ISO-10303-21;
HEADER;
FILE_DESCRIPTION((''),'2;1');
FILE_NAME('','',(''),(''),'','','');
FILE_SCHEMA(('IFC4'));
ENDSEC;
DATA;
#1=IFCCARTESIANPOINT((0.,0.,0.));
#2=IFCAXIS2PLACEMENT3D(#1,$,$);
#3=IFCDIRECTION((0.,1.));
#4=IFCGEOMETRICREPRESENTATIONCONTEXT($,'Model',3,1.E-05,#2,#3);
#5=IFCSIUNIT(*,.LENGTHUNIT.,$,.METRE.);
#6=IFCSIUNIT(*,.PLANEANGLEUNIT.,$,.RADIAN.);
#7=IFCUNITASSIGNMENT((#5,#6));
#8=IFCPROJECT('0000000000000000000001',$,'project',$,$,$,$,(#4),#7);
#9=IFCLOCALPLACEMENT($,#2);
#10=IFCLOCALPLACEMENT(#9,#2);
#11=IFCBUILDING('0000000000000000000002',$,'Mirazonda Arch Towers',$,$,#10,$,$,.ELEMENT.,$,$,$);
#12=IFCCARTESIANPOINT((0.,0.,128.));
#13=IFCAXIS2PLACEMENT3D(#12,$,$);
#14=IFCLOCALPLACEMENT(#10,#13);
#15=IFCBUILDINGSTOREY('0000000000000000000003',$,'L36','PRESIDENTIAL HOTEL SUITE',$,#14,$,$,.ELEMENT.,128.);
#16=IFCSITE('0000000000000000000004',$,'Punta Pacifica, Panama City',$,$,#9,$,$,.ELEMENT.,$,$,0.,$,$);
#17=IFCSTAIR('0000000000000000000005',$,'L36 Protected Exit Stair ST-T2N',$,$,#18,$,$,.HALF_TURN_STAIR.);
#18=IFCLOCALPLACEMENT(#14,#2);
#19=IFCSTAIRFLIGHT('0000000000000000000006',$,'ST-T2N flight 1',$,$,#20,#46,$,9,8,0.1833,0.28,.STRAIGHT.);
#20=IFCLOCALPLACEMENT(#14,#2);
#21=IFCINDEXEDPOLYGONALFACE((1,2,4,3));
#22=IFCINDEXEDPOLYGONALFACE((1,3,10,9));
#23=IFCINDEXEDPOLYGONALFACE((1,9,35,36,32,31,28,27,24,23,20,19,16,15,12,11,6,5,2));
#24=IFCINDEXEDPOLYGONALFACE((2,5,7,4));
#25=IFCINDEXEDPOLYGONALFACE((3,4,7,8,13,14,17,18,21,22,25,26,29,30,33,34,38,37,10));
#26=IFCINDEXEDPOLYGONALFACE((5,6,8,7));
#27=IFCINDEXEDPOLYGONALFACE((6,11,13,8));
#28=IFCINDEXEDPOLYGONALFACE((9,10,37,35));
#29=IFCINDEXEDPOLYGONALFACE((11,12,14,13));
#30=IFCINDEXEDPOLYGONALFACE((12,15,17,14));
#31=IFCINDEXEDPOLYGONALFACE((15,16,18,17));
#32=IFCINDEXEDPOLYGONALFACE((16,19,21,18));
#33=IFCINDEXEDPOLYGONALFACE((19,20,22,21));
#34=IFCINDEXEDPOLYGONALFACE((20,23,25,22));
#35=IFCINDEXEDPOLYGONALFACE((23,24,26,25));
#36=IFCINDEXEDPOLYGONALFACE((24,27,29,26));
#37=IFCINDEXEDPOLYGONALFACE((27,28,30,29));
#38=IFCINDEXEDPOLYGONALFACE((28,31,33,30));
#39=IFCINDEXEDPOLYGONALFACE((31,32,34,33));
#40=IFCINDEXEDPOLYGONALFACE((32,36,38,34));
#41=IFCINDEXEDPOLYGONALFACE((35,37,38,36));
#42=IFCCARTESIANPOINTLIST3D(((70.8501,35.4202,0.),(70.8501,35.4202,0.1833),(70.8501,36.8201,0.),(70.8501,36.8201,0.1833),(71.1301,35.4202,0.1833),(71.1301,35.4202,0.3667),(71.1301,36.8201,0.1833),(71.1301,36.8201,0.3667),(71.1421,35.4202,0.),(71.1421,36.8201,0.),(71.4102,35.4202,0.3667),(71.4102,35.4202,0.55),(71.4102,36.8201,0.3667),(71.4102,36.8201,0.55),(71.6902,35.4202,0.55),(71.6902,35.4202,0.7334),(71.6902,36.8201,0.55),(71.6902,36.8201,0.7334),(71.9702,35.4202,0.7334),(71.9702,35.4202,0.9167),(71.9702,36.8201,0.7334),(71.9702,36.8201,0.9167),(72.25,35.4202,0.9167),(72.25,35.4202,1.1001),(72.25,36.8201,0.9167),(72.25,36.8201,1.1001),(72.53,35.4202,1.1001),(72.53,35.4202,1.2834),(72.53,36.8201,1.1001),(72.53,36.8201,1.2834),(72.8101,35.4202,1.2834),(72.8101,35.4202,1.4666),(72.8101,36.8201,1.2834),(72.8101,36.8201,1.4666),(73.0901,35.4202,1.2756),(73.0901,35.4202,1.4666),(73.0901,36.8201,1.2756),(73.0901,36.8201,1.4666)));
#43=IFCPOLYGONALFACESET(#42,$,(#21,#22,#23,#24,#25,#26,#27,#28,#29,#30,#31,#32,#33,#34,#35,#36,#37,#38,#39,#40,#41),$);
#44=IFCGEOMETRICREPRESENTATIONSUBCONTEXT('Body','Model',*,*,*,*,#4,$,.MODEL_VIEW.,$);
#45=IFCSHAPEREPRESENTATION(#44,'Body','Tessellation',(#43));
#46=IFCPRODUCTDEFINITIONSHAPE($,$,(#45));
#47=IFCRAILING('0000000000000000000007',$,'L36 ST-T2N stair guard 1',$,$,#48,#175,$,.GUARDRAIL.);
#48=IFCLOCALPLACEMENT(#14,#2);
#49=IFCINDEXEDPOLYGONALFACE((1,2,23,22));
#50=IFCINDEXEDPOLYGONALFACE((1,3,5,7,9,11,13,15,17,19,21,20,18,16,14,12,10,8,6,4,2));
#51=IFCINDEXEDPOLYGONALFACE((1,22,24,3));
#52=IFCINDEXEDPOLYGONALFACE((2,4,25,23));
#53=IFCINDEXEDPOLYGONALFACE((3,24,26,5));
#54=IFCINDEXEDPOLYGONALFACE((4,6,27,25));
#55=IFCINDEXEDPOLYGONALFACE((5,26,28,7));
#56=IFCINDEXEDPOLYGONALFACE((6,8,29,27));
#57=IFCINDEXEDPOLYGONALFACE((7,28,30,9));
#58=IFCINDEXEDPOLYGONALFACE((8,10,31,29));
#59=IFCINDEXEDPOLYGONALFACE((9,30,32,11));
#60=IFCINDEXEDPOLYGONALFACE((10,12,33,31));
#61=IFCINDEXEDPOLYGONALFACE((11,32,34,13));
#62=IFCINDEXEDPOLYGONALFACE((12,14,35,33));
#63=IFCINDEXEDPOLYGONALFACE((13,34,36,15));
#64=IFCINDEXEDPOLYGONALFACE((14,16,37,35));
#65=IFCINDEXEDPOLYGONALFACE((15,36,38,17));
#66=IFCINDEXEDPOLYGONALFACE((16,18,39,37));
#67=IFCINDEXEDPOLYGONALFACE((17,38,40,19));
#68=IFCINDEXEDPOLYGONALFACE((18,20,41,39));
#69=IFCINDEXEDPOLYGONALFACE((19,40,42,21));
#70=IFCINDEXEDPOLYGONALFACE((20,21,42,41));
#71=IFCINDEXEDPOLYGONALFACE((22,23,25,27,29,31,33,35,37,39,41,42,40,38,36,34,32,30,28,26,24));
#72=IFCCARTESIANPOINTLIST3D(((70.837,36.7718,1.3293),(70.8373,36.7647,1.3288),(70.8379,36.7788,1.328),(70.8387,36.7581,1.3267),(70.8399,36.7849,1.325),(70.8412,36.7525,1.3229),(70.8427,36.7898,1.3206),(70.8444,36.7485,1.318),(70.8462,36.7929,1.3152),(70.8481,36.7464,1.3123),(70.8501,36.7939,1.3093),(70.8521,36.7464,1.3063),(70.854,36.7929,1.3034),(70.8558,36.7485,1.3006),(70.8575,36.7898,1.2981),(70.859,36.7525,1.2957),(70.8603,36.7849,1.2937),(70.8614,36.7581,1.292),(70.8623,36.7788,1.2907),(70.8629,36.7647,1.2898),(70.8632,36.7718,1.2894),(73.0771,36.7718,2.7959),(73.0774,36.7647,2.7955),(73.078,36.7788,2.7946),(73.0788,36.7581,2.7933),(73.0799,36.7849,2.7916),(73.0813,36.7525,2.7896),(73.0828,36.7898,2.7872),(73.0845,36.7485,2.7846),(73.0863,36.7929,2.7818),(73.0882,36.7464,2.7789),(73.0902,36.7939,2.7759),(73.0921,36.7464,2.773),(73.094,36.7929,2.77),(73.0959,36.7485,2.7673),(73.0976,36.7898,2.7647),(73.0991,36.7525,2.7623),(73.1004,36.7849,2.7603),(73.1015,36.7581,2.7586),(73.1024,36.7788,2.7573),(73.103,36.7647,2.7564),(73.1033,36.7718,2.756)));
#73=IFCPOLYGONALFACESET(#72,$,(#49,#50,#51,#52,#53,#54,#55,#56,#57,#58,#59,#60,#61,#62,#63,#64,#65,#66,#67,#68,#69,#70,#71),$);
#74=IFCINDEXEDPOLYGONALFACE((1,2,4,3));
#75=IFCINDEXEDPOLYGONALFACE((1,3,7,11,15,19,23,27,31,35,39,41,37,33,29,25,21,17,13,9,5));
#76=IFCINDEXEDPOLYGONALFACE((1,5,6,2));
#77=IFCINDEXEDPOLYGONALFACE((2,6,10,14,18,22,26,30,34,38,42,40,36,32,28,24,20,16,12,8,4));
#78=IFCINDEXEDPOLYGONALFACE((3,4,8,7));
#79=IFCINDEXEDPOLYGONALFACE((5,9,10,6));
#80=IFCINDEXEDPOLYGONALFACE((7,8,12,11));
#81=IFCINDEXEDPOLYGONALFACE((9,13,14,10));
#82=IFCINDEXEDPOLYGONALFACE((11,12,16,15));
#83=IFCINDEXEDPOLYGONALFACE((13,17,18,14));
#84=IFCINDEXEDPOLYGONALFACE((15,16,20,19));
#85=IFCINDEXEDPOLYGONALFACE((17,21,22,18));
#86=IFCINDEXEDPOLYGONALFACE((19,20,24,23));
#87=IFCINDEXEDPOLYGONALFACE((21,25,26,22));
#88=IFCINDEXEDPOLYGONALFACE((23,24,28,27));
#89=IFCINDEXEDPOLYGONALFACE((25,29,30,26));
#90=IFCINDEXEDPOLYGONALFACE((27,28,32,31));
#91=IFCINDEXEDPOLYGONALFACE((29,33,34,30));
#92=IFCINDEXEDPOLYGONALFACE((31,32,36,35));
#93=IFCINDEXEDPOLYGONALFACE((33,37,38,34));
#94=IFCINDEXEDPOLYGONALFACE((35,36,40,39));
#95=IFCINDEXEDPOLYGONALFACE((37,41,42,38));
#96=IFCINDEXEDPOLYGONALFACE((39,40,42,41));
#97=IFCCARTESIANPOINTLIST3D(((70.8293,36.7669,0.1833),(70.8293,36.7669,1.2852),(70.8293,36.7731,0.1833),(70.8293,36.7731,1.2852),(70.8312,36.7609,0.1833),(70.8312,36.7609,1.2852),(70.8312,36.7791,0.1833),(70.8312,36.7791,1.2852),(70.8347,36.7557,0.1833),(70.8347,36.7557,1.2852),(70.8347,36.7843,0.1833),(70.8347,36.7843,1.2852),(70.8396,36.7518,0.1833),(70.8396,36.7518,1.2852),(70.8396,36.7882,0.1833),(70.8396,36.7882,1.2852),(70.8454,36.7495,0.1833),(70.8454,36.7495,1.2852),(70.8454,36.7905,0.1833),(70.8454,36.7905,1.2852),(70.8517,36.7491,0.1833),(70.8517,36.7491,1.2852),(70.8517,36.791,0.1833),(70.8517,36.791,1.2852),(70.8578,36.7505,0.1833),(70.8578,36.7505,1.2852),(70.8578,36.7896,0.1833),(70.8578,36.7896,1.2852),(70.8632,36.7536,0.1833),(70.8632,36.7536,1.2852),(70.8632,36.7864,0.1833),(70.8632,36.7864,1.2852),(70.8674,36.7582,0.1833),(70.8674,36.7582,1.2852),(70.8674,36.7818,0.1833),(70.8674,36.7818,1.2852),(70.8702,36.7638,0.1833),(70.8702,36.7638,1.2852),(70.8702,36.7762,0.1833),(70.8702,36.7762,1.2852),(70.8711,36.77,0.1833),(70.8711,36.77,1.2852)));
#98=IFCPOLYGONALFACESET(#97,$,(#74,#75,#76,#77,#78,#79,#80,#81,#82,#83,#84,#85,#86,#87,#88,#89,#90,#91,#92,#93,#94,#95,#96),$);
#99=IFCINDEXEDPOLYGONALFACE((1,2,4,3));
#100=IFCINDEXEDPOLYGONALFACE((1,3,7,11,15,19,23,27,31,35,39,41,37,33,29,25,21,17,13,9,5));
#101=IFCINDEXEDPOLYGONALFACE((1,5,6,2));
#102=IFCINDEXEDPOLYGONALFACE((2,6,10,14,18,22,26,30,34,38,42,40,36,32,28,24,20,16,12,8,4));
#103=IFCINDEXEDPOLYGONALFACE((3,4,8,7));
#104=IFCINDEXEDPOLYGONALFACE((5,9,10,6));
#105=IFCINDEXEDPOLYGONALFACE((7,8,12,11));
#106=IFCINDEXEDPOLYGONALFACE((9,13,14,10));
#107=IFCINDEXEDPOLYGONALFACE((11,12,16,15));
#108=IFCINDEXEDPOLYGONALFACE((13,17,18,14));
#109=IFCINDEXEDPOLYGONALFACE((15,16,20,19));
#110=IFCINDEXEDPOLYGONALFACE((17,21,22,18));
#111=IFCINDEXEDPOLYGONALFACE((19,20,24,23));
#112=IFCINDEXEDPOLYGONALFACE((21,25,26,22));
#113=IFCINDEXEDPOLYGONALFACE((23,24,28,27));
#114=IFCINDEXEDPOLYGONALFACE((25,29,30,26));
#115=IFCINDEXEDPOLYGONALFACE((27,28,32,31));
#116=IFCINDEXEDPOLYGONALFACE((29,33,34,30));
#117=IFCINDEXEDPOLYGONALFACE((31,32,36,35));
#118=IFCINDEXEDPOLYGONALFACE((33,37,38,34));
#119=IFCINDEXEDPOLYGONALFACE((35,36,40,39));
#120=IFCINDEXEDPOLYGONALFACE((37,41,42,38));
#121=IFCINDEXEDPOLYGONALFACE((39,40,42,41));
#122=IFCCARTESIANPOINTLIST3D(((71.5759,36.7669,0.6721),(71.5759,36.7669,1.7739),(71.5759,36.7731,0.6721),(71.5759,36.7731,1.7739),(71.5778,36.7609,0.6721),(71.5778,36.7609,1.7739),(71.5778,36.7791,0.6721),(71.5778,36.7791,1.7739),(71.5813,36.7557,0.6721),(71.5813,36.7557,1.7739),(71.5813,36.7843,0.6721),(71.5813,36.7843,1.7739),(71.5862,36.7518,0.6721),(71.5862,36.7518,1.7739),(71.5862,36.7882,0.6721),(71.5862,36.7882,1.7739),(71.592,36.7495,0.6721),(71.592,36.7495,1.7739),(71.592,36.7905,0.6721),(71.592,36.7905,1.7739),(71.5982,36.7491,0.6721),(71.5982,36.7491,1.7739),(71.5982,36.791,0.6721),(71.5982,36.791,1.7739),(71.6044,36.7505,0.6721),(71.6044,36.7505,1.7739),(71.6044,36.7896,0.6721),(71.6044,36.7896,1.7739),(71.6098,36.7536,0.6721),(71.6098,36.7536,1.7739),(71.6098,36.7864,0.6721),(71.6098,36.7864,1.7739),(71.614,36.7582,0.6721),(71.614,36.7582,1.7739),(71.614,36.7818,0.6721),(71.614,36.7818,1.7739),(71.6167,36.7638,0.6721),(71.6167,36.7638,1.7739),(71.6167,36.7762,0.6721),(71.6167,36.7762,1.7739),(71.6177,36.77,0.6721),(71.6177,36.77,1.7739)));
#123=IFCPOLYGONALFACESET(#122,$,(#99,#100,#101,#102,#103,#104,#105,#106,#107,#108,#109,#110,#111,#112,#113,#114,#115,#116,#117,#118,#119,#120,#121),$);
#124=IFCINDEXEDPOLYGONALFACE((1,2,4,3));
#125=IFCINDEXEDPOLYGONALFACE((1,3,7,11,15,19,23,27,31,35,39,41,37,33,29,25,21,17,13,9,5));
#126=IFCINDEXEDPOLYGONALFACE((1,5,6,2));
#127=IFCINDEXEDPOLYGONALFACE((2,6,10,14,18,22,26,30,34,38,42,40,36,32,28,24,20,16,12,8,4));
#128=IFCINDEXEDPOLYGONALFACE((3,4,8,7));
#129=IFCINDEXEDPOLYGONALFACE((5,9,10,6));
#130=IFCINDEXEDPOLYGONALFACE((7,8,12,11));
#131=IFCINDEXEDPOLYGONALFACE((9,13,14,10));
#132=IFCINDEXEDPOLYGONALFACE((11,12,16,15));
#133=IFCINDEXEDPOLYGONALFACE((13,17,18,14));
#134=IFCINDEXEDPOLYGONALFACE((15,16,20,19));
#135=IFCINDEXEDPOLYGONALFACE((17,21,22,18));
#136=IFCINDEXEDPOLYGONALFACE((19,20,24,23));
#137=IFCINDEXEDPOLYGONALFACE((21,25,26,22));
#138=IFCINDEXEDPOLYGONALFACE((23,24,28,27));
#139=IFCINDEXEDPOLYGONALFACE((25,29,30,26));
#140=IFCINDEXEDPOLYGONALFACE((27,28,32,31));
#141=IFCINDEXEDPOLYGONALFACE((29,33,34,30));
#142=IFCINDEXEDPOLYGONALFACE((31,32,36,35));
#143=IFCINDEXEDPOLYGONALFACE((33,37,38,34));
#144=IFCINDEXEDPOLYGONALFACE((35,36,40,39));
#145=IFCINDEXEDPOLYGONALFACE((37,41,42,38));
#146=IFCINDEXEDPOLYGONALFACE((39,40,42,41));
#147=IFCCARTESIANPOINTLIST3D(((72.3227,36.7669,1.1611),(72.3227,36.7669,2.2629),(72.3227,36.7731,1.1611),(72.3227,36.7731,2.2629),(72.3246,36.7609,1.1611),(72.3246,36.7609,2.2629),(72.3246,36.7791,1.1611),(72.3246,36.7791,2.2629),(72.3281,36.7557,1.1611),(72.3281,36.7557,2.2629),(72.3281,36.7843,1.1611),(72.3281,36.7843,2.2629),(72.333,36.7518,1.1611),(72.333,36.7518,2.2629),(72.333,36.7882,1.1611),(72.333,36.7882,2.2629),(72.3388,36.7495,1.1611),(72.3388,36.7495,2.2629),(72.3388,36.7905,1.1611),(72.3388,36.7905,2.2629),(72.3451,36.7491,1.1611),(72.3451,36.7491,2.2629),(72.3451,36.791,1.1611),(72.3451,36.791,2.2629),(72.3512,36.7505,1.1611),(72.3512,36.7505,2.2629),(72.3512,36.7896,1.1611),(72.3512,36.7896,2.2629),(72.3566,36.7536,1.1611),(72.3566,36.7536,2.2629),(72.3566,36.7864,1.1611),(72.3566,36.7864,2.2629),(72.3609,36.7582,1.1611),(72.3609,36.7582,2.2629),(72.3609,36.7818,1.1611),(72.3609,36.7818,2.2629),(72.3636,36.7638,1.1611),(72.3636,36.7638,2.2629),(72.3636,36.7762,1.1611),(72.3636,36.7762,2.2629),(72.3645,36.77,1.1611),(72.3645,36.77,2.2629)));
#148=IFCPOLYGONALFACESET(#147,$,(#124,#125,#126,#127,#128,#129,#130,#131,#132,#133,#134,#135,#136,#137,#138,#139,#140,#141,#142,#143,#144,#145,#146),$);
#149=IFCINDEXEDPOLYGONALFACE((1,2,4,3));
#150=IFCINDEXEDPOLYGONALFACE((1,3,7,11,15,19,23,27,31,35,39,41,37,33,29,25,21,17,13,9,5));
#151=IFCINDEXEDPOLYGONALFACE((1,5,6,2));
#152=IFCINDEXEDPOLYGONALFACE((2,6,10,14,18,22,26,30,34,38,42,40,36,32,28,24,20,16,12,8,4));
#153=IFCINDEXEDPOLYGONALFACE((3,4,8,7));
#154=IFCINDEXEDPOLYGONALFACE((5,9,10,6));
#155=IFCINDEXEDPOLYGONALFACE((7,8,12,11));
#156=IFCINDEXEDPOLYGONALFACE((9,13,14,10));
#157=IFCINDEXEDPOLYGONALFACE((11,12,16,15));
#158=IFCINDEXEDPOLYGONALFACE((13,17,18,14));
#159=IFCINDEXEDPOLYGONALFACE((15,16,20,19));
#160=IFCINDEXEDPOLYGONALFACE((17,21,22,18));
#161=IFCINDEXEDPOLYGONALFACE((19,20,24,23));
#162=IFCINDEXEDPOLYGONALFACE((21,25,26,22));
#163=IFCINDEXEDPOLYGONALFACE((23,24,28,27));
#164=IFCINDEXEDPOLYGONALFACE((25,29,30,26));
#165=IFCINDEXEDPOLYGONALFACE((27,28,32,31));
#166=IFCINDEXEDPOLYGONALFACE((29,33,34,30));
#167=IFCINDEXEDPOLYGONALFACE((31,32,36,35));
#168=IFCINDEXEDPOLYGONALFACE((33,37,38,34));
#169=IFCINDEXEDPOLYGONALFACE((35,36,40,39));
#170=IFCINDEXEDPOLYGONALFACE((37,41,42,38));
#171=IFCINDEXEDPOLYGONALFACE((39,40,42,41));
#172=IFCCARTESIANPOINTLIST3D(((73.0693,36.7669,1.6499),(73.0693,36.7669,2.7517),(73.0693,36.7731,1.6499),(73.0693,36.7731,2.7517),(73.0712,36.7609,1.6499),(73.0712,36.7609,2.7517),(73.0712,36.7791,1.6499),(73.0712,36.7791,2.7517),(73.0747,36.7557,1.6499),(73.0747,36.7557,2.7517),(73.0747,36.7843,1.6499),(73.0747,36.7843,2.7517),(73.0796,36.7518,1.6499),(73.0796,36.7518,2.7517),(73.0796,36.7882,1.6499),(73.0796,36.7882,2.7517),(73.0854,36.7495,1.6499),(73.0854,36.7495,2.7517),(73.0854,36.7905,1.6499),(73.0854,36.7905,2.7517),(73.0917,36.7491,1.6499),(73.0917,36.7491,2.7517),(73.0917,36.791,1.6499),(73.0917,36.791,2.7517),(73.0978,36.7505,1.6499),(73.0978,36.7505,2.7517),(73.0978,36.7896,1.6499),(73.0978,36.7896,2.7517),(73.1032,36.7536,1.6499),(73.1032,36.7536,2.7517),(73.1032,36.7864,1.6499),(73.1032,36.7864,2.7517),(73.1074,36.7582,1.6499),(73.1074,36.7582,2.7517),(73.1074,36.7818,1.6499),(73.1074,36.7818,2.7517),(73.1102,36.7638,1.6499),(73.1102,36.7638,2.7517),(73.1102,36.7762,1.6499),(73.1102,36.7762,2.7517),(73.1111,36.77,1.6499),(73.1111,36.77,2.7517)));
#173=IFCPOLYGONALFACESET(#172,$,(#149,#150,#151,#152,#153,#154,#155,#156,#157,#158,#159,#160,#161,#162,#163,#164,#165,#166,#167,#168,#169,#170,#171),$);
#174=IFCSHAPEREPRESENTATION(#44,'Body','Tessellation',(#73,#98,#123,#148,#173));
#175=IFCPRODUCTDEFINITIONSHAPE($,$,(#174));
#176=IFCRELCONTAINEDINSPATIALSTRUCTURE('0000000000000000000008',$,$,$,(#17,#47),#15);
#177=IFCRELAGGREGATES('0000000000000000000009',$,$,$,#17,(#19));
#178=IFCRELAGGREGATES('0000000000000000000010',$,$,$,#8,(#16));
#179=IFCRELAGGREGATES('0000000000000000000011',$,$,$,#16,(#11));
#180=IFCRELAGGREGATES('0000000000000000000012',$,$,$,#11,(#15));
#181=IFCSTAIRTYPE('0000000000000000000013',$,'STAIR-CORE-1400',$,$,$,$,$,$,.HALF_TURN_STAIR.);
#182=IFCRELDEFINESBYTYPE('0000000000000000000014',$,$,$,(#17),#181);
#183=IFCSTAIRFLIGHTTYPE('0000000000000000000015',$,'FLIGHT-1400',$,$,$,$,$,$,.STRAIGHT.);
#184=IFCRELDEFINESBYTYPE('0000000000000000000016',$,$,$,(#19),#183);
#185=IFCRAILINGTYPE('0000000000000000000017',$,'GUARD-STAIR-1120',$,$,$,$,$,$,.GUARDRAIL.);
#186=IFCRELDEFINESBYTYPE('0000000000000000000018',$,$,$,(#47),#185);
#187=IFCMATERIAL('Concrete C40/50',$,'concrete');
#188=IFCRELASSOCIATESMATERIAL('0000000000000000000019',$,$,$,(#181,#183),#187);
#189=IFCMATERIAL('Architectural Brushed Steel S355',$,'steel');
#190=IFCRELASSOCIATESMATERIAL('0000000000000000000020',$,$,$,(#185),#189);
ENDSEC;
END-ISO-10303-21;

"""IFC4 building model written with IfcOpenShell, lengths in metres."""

from ifc_helpers import new_model, si_unit, direction, frame, origin, origin_2d, place, context, subcontext, project, spatial, polyline, circle, outline, extrude, material, type_object, element, aggregate, save


model = new_model("IFC4")

# Units and contexts
model_context = context("Model", 3, precision=1e-05, world=origin(), true_north=direction((0.0, 1.0)))
body_context = subcontext(model_context, "Body", "Model", "MODEL_VIEW")
ifc_project = project(units=[si_unit("LENGTHUNIT", "METRE"), si_unit("PLANEANGLEUNIT", "RADIAN")], contexts=[model_context])

# Site, building, storey
site_placement = place(None, origin())
site = spatial("IfcSite", under=ifc_project, at=site_placement, Name="Punta Pacifica, Panama City", CompositionType="ELEMENT", RefElevation=0.0)
building_placement = place(site_placement, origin())
building = spatial("IfcBuilding", under=site, at=building_placement, Name="Mirazonda Arch Towers", CompositionType="ELEMENT")
storey_placement = place(building_placement, frame((0.0, 0.0, 128.0)))
storey = spatial("IfcBuildingStorey", under=building, at=storey_placement, Name="L36", Description="PRESIDENTIAL HOTEL SUITE", CompositionType="ELEMENT", Elevation=128.0)

# Stair, stair flight
ifc_material_1 = material(Name="Concrete C40/50", Category="concrete")
stair_type = type_object("IfcStairType", Name="STAIR-CORE-1400", PredefinedType="HALF_TURN_STAIR", material=ifc_material_1)
stair_placement = place(storey_placement, origin())
stair = element("IfcStair", 1, at=stair_placement, inside=storey, type_object=stair_type, Name="L36 Protected Exit Stair ST-T2N", PredefinedType="HALF_TURN_STAIR")
stair_flight_type = type_object("IfcStairFlightType", Name="FLIGHT-1400", PredefinedType="STRAIGHT", material=ifc_material_1)
stair_flight_placement = place(storey_placement, frame((70.8501, 36.1201, 0.0), z_axis=(0.0, 0.0, 1.0), x_axis=(1.0, 0.0, 0.0)))
stair_flight = element("IfcStairFlight", 2, at=stair_flight_placement, type_object=stair_flight_type, Name="ST-T2N flight 1", NumberOfRisers=9, NumberOfTreads=8, PredefinedType="STRAIGHT", RiserHeight=0.1833, TreadLength=0.28, context=body_context, shape_type="SweptSolid", body=[
    extrude(outline(polyline([(0.0, 0.0), (0.0, 0.1833), (0.28, 0.1833), (0.28, 0.3667), (0.5601, 0.3667), (0.5601, 0.55), (0.8401, 0.55), (0.8401, 0.7334), (1.1201, 0.7334), (1.1201, 0.9167), (1.3999, 0.9167), (1.3999, 1.1001), (1.6799, 1.1001), (1.6799, 1.2834), (1.96, 1.2834), (1.96, 1.4666), (2.24, 1.4666), (2.24, 1.6499), (2.24, 1.2756), (0.292, 0.0), (0.0, 0.0)])), frame((0.0, 0.7, 0.0), z_axis=(0.0, -1.0, 0.0), x_axis=(1.0, 0.0, 0.0)), (0.0, 0.0, 1.0), 1.3999),
])
aggregate(stair, [stair_flight])

# Railing
ifc_material_2 = material(Name="Architectural Brushed Steel S355", Category="steel")
railing_type_1 = type_object("IfcRailingType", Name="GUARD-STAIR-1120", PredefinedType="GUARDRAIL", material=ifc_material_2)
railing_1_placement = place(storey_placement, frame((70.8501, 36.77, 0.1833)))
element("IfcRailing", 3, at=railing_1_placement, inside=storey, type_object=railing_type_1, Name="L36 ST-T2N stair guard 1", PredefinedType="GUARDRAIL", context=body_context, shape_type="SweptSolid", body=[
    extrude(circle(Radius=0.0239, at=origin_2d()), frame((0.0, 0.0, 1.126), z_axis=(0.836637, 0.0, 0.547758), x_axis=(0.0, 1.0, 0.0)), (0.0, 0.0, 1.0), 2.6775),
    extrude(circle(Radius=0.021, at=origin_2d()), origin(), (0.0, 0.0, 1.0), 1.1018),
    extrude(circle(Radius=0.021, at=origin_2d()), frame((0.7466, 0.0, 0.4888)), (0.0, 0.0, 1.0), 1.1018),
    extrude(circle(Radius=0.021, at=origin_2d()), frame((1.4934, 0.0, 0.9778)), (0.0, 0.0, 1.0), 1.1018),
    extrude(circle(Radius=0.021, at=origin_2d()), frame((2.24, 0.0, 1.4666)), (0.0, 0.0, 1.0), 1.1018),
])

save(model, "model.ifc")
